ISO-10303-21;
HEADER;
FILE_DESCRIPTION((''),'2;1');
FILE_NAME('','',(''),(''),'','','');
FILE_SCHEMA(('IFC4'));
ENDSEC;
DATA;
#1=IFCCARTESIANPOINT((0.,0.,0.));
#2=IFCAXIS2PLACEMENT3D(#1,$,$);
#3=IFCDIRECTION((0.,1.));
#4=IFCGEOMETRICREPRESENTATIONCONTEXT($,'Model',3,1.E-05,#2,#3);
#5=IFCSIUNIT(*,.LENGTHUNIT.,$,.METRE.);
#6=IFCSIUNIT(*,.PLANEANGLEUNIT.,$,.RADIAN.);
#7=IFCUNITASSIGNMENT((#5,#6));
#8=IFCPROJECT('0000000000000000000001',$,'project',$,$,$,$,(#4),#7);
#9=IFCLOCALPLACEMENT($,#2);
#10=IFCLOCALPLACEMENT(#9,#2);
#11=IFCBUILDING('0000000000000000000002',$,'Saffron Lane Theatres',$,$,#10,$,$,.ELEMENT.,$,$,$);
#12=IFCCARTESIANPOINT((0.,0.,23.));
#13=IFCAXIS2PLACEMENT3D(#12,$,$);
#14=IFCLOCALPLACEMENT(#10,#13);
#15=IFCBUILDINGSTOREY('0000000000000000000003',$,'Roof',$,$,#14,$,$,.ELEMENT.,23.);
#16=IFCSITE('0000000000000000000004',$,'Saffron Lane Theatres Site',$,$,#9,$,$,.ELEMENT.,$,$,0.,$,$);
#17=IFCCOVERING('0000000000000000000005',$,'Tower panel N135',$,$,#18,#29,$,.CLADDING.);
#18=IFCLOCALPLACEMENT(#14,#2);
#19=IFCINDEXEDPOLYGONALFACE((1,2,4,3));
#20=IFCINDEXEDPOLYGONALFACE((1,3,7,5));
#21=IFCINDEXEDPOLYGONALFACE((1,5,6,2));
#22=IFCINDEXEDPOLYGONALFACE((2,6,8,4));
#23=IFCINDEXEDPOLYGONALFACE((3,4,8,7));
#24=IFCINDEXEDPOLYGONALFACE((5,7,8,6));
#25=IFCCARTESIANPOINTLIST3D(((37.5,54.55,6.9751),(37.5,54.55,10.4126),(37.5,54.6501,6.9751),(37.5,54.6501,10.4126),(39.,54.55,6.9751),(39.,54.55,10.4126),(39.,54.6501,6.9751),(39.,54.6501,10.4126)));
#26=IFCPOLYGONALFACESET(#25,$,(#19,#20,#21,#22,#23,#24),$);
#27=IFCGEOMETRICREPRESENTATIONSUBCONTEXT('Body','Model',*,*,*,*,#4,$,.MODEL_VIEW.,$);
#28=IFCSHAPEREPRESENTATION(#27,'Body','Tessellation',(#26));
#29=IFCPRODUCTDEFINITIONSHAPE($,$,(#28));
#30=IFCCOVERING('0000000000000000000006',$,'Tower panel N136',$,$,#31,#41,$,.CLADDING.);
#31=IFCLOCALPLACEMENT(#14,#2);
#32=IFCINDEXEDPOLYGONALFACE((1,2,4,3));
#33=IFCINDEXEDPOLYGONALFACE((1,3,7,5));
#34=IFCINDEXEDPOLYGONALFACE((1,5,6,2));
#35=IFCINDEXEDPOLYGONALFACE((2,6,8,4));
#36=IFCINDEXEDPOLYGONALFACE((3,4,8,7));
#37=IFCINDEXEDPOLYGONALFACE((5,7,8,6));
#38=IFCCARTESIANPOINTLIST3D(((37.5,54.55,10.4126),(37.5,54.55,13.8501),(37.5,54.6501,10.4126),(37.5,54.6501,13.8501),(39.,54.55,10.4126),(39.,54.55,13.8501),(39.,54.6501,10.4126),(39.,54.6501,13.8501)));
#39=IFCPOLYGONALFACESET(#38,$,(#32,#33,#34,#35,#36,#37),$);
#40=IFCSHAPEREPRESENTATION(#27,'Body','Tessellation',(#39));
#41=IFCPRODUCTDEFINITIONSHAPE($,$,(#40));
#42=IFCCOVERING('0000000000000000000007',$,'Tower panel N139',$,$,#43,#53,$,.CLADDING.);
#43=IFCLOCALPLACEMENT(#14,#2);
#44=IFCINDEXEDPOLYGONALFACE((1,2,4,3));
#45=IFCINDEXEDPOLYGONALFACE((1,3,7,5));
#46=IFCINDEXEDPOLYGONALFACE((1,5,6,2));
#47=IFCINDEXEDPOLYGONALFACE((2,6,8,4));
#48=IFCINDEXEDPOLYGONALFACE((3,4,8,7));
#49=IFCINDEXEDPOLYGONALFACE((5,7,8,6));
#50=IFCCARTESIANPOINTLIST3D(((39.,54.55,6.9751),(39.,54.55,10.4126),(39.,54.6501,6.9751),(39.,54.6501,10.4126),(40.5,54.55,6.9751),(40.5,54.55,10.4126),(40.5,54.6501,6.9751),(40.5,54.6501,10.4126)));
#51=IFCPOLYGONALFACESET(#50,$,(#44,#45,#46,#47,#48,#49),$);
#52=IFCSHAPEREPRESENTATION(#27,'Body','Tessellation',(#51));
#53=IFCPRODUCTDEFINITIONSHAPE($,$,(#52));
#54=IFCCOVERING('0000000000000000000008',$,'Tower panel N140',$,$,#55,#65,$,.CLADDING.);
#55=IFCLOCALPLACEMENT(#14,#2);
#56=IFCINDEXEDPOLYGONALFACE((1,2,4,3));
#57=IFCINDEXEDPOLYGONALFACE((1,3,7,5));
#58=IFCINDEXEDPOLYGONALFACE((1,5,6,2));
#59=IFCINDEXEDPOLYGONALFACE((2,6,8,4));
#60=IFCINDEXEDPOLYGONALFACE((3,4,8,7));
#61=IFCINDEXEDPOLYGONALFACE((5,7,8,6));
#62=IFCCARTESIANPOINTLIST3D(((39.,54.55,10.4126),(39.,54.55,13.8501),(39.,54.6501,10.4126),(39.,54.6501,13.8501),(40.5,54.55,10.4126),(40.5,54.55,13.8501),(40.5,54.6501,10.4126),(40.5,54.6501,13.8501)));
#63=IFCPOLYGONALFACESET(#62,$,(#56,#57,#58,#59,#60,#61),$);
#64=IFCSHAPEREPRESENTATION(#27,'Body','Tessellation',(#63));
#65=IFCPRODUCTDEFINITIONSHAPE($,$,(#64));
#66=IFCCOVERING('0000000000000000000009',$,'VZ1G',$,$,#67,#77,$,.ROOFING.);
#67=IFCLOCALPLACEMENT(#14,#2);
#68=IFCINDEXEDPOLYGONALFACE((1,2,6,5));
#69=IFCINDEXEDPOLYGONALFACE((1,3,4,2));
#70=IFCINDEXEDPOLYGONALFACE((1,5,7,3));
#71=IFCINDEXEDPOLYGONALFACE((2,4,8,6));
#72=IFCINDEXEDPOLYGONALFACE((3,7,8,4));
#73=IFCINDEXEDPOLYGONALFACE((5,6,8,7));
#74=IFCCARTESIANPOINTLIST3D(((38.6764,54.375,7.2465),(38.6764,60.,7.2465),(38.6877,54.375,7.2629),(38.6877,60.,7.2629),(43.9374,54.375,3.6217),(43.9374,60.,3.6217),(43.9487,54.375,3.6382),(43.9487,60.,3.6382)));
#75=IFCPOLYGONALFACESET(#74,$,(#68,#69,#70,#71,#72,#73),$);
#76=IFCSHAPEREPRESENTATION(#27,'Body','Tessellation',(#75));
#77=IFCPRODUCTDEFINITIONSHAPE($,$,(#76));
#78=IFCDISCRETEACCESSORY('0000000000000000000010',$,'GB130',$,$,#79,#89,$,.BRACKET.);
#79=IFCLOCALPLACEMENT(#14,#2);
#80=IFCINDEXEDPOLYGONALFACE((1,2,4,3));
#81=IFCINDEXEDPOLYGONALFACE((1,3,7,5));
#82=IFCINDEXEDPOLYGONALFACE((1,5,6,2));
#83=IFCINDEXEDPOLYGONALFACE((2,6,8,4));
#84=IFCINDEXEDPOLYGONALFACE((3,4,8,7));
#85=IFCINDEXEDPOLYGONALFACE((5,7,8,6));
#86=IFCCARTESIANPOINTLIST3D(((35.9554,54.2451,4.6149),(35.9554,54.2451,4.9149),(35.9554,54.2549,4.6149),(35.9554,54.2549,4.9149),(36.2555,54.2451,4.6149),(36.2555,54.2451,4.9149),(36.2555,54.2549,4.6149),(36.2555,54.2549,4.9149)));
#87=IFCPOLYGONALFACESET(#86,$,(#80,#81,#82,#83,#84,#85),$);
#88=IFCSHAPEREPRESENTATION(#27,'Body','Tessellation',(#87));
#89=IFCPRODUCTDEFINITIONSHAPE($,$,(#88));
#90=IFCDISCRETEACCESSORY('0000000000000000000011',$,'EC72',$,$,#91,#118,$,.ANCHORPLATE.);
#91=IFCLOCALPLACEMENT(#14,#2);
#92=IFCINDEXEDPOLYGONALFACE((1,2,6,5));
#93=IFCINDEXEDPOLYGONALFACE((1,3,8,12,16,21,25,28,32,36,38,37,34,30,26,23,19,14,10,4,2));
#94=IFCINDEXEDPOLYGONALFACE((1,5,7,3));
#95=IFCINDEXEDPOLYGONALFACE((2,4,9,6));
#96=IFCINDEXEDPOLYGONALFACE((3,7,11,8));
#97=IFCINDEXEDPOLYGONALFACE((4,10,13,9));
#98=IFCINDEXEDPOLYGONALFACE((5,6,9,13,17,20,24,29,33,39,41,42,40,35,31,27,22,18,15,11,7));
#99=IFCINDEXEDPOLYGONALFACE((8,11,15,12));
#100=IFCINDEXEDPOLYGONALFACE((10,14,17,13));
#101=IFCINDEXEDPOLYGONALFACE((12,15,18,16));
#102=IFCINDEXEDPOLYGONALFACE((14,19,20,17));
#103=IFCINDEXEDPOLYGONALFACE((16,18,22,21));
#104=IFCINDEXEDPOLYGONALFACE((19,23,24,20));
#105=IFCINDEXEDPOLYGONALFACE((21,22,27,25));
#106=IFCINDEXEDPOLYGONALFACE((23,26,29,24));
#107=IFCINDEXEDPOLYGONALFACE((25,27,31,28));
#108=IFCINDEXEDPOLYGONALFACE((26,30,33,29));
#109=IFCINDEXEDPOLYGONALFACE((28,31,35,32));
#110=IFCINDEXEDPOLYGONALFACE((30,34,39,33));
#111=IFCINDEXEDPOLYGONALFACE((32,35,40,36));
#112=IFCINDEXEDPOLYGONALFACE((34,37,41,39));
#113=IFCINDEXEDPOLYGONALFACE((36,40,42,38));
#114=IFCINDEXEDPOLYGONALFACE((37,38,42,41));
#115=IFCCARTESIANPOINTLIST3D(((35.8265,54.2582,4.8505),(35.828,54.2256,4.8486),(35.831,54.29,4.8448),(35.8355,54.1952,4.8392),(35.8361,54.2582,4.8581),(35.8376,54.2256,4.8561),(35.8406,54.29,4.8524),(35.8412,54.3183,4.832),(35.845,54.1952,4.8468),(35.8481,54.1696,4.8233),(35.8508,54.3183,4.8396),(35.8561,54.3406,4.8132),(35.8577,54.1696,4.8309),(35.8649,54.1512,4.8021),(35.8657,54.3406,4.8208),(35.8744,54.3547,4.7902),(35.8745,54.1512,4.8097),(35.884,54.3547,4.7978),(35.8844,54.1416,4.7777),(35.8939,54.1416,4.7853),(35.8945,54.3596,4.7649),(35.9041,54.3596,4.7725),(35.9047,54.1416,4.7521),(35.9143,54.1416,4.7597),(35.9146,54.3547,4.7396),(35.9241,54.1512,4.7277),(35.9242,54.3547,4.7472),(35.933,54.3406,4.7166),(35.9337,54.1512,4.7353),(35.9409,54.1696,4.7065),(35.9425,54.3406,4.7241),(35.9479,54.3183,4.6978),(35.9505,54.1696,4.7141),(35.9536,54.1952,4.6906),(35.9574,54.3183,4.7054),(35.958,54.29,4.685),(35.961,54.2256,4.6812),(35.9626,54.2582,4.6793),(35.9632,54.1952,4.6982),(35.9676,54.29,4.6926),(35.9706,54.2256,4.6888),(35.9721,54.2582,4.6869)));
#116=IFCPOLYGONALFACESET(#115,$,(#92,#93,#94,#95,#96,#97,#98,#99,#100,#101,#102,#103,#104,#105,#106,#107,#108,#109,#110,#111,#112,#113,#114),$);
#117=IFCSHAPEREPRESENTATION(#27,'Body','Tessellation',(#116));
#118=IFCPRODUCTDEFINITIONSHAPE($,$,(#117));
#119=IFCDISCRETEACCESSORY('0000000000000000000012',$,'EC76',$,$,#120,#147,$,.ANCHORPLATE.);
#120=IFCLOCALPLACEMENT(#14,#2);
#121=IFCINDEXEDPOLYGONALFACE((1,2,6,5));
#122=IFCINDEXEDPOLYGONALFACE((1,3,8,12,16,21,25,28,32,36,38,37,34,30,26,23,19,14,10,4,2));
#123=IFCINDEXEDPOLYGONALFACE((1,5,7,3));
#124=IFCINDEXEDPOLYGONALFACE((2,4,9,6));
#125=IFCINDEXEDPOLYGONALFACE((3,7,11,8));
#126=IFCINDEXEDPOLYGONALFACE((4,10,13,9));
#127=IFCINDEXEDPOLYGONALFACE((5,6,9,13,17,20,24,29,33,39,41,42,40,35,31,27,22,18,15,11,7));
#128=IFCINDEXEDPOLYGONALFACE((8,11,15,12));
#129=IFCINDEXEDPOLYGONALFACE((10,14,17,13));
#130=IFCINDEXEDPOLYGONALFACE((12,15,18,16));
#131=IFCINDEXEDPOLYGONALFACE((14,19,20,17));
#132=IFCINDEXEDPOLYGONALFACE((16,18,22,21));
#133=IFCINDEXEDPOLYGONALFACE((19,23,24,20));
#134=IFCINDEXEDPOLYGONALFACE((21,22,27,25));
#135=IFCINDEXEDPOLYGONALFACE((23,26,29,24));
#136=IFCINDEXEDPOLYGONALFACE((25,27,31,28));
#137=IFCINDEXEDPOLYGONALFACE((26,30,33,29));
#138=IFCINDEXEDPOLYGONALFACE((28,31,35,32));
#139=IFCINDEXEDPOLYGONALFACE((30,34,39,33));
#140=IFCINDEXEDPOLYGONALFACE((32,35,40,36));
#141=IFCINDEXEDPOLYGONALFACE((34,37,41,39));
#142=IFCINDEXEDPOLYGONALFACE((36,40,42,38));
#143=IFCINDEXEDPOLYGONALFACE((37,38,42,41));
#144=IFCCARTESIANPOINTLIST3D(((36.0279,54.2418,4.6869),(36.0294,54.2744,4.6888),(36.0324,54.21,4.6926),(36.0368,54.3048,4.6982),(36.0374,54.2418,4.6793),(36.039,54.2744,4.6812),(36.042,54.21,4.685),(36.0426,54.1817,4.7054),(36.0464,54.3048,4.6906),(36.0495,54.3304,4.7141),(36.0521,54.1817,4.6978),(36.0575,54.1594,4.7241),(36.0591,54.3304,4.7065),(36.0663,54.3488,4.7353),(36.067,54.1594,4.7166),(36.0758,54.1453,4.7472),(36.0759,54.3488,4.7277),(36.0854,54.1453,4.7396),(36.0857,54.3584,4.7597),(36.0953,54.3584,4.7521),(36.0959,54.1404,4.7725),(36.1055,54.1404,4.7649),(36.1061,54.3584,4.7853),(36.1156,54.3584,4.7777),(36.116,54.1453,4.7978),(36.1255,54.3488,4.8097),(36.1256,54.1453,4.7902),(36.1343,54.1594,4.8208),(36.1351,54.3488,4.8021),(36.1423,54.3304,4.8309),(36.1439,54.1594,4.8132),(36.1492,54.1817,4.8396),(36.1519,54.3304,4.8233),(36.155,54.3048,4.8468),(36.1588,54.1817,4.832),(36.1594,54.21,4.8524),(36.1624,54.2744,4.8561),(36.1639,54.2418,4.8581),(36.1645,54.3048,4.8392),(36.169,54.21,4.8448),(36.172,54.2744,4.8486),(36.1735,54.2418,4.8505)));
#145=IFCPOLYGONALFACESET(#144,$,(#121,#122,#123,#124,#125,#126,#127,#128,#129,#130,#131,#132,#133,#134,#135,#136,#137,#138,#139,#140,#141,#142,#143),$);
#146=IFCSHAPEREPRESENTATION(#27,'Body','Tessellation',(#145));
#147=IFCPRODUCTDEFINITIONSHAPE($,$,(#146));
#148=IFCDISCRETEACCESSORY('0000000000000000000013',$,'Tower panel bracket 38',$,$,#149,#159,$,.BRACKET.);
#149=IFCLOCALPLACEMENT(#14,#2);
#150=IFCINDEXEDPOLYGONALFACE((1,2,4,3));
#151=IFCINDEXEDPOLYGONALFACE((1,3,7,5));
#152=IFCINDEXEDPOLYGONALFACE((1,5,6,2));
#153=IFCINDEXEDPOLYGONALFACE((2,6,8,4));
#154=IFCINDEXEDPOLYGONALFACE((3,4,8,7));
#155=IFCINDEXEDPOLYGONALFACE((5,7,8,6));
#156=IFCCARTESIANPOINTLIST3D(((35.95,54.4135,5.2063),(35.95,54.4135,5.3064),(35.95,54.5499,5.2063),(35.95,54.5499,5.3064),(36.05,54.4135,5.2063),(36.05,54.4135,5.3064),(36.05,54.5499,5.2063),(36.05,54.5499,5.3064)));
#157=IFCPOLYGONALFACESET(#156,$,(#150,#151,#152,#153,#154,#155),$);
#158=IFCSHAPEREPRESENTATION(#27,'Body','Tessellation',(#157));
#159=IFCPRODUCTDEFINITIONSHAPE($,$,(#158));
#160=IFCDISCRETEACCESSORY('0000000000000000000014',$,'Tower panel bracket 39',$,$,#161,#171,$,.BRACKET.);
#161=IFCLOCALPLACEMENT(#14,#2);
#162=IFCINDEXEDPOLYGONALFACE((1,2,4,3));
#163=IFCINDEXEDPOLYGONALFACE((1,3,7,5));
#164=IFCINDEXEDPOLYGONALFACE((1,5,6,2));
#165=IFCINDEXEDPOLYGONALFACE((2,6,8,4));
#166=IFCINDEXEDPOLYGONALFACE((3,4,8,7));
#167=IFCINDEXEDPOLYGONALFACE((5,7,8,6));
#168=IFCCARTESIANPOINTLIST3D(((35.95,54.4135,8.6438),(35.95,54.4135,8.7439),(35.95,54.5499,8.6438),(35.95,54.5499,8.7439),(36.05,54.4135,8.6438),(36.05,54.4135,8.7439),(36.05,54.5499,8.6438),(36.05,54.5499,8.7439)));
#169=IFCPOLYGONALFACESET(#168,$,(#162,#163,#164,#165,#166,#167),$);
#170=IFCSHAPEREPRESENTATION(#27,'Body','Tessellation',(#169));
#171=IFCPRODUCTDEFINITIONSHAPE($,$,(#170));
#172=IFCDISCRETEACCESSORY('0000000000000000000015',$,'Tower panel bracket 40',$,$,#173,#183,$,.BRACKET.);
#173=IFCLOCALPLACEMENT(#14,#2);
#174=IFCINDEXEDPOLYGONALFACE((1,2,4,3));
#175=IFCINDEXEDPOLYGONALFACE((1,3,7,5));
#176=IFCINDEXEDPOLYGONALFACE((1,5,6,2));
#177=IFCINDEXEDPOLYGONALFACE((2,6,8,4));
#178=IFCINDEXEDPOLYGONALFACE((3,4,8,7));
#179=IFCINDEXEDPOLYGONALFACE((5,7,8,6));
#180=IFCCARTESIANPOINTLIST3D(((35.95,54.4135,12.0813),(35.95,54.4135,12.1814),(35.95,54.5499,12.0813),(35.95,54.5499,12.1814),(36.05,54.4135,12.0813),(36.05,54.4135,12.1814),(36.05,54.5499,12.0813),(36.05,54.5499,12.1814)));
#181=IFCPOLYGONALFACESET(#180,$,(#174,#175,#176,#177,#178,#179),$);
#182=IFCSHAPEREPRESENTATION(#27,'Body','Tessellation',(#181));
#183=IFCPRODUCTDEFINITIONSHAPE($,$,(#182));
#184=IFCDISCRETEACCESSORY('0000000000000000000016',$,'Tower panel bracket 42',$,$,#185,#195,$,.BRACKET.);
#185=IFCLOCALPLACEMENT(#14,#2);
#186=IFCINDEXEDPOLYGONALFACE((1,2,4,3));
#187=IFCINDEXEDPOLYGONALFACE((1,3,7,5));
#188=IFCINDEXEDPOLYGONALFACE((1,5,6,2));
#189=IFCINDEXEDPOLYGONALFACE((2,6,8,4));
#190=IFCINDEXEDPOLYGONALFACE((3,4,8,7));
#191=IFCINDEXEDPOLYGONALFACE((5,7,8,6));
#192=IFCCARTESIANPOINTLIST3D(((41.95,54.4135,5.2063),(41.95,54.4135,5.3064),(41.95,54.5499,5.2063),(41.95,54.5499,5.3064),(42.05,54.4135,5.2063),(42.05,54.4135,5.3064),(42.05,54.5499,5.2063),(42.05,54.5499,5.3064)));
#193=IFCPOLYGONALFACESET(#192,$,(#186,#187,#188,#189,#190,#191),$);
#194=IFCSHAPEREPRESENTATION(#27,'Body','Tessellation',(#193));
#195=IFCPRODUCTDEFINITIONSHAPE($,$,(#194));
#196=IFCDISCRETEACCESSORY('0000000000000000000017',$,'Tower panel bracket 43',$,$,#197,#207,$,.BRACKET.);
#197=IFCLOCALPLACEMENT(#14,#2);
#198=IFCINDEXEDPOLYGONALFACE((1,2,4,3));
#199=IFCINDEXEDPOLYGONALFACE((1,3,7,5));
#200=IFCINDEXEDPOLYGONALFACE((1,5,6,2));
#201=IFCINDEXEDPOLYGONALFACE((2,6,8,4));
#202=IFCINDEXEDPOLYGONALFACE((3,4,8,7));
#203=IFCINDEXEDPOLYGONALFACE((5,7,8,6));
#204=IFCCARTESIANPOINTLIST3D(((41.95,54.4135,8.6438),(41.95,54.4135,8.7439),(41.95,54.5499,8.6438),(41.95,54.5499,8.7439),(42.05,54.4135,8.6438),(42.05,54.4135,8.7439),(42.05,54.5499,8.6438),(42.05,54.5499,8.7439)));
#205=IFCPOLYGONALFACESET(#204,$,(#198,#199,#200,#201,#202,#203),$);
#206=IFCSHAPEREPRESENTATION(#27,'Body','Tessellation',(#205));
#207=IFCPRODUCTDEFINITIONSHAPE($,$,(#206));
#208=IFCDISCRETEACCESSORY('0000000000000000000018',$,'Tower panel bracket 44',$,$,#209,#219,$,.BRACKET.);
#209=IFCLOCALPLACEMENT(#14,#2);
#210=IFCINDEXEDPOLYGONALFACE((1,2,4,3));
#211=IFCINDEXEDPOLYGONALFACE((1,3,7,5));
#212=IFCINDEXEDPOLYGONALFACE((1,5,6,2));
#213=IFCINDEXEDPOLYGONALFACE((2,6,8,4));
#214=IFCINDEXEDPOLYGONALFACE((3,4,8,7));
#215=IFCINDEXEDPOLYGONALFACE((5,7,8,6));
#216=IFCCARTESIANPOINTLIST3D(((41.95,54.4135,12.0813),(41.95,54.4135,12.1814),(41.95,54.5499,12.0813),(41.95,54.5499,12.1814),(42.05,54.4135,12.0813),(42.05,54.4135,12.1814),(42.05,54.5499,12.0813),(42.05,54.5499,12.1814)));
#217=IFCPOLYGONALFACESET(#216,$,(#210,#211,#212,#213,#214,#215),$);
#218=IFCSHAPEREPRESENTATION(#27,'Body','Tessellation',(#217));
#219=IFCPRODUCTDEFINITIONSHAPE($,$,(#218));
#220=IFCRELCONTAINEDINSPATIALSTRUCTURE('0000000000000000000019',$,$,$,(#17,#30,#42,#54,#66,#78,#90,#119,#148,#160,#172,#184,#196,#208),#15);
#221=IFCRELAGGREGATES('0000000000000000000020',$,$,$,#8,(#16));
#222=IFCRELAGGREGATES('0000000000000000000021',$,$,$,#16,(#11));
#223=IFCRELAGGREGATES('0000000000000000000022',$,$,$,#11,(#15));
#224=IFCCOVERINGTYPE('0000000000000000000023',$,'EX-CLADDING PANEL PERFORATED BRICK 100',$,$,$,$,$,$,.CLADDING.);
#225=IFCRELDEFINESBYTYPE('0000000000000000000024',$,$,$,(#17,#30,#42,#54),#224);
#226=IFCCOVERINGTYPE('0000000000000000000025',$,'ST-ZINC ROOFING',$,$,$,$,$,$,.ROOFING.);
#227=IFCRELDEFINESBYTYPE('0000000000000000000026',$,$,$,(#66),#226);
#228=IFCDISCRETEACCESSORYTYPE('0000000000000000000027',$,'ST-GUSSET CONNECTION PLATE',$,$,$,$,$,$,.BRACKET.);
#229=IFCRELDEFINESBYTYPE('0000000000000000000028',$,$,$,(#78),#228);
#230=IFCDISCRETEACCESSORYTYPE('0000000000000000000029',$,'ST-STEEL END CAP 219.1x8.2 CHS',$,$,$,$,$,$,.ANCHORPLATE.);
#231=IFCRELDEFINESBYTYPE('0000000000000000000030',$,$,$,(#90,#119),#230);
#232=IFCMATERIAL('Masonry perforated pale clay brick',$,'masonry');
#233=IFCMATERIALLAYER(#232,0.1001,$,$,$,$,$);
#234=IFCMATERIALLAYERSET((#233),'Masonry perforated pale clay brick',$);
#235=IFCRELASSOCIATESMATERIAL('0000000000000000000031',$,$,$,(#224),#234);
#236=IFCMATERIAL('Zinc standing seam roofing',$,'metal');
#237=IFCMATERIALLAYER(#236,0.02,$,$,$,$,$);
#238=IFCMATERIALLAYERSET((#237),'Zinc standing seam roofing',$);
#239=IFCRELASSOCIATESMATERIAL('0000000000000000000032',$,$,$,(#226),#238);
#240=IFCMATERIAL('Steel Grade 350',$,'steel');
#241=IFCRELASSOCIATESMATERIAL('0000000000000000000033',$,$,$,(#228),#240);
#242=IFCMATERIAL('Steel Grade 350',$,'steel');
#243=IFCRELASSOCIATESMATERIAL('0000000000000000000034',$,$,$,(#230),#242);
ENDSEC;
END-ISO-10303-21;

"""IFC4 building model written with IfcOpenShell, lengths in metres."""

from ifc_helpers import new_model, si_unit, direction, frame, origin, origin_2d, place, context, subcontext, project, spatial, polyline, rectangle, circle, outline, extrude, material, layer, layer_set, material_profile, profile_set, type_object, element, save


model = new_model("IFC4")

# Units and contexts
model_context = context("Model", 3, precision=1e-05, world=origin(), true_north=direction((0.0, 1.0)))
body_context = subcontext(model_context, "Body", "Model", "MODEL_VIEW")
ifc_project = project(units=[si_unit("LENGTHUNIT", "METRE"), si_unit("PLANEANGLEUNIT", "RADIAN")], contexts=[model_context])

# Site, building, storey
site_placement = place(None, origin())
site = spatial("IfcSite", under=ifc_project, at=site_placement, Name="Saffron Lane Theatres Site", CompositionType="ELEMENT", RefElevation=0.0)
building_placement = place(site_placement, origin())
building = spatial("IfcBuilding", under=site, at=building_placement, Name="Saffron Lane Theatres", CompositionType="ELEMENT")
storey_placement = place(building_placement, frame((0.0, 0.0, 23.0)))
storey = spatial("IfcBuildingStorey", under=building, at=storey_placement, Name="Roof", CompositionType="ELEMENT", Elevation=23.0)

# Coverings
ifc_material_1 = material(Name="Masonry perforated pale clay brick", Category="masonry")
ifc_layer_1 = layer(ifc_material_1, 0.1001)
ifc_layer_set_1 = layer_set([ifc_layer_1], Name="Masonry perforated pale clay brick")
covering_type_1 = type_object("IfcCoveringType", Name="EX-CLADDING PANEL PERFORATED BRICK 100", PredefinedType="CLADDING", material=ifc_layer_set_1)
for number, where, z_axis, x_axis, name in (
    (1, (38.25, 54.6001, 6.9751), (0.0, 0.0, 1.0), (1.0, 0.0, 0.0), "Tower panel N135"),
    (2, (38.25, 54.6001, 10.4126), (0.0, 0.0, 1.0), (1.0, 0.0, 0.0), "Tower panel N136"),
    (3, (39.75, 54.6001, 6.9751), (0.0, 0.0, 1.0), (1.0, 0.0, 0.0), "Tower panel N139"),
    (4, (39.75, 54.6001, 10.4126), (0.0, 0.0, 1.0), (1.0, 0.0, 0.0), "Tower panel N140"),
):
    element("IfcCovering", number, at=place(storey_placement, frame(where, z_axis=z_axis, x_axis=x_axis)), inside=storey, type_object=covering_type_1, Name=name, PredefinedType="CLADDING", context=body_context, shape_type="SweptSolid", body=[
        extrude(rectangle(XDim=1.5, YDim=0.1001, at=origin_2d()), origin(), (0.0, 0.0, 1.0), 3.4375),
    ])
ifc_material_2 = material(Name="Zinc standing seam roofing", Category="metal")
ifc_layer_2 = layer(ifc_material_2, 0.02)
ifc_layer_set_2 = layer_set([ifc_layer_2], Name="Zinc standing seam roofing")
covering_type_2 = type_object("IfcCoveringType", Name="ST-ZINC ROOFING", PredefinedType="ROOFING", material=ifc_layer_set_2)
covering_placement = place(storey_placement, frame((38.6877, 54.375, 7.2629), z_axis=(0.567361, 0.0, 0.82347), x_axis=(0.82347, 0.0, -0.567361)))
element("IfcCovering", 5, at=covering_placement, inside=storey, type_object=covering_type_2, Name="VZ1G", PredefinedType="ROOFING", context=body_context, shape_type="SweptSolid", body=[
    extrude(outline(polyline([(0.0, 0.0), (6.3888, 0.0), (6.3888, 5.625), (0.0, 5.625), (0.0, 0.0)])), origin(), (0.0, 0.0, -1.0), 0.02),
])

# Discrete accessories
ifc_material_3 = material(Name="Steel Grade 350", Category="steel")
ifc_material_profile_1 = material_profile(ifc_material_3, rectangle(XDim=0.3, YDim=0.3, at=origin_2d()))
ifc_profile_set_1 = profile_set([ifc_material_profile_1], Name="Steel Grade 350")
discrete_accessory_type_1 = type_object("IfcDiscreteAccessoryType", Name="ST-GUSSET CONNECTION PLATE", PredefinedType="BRACKET", material=ifc_profile_set_1)
discrete_accessory_placement = place(storey_placement, frame((36.1055, 54.2451, 4.7649), z_axis=(0.0, 1.0, 0.0), x_axis=(-1.0, 0.0, 0.0)))
element("IfcDiscreteAccessory", 6, at=discrete_accessory_placement, inside=storey, type_object=discrete_accessory_type_1, Name="GB130", PredefinedType="BRACKET", context=body_context, shape_type="SweptSolid", body=[
    extrude(rectangle(XDim=0.3, YDim=0.3, at=origin_2d()), origin(), (0.0, 0.0, 1.0), 0.0098),
])
ifc_material_4 = material(Name="Steel Grade 350", Category="steel")
ifc_material_profile_2 = material_profile(ifc_material_4, circle(Radius=0.1096, at=origin_2d()))
ifc_profile_set_2 = profile_set([ifc_material_profile_2], Name="Steel Grade 350")
discrete_accessory_type_2 = type_object("IfcDiscreteAccessoryType", Name="ST-STEEL END CAP 219.1x8.2 CHS", PredefinedType="ANCHORPLATE", material=ifc_profile_set_2)
for number, where, z_axis, x_axis, name in (
    (7, (35.8945, 54.25, 4.7649), (0.782823, 0.0, 0.622244), (0.0, 1.0, 0.0), "EC72"),
    (8, (36.1055, 54.25, 4.7649), (-0.782823, 0.0, 0.622244), (0.0, -1.0, 0.0), "EC76"),
):
    element("IfcDiscreteAccessory", number, at=place(storey_placement, frame(where, z_axis=z_axis, x_axis=x_axis)), inside=storey, type_object=discrete_accessory_type_2, Name=name, PredefinedType="ANCHORPLATE", context=body_context, shape_type="SweptSolid", body=[
        extrude(circle(Radius=0.1096, at=origin_2d()), origin(), (0.0, 0.0, 1.0), 0.0122),
    ])
for number, where, z_axis, x_axis, name in (
    (9, (36.0, 54.4817, 5.2063), (0.0, 0.0, 1.0), (1.0, 0.0, 0.0), "Tower panel bracket 38"),
    (10, (36.0, 54.4817, 8.6438), (0.0, 0.0, 1.0), (1.0, 0.0, 0.0), "Tower panel bracket 39"),
    (11, (36.0, 54.4817, 12.0813), (0.0, 0.0, 1.0), (1.0, 0.0, 0.0), "Tower panel bracket 40"),
    (12, (42.0, 54.4817, 5.2063), (0.0, 0.0, 1.0), (1.0, 0.0, 0.0), "Tower panel bracket 42"),
    (13, (42.0, 54.4817, 8.6438), (0.0, 0.0, 1.0), (1.0, 0.0, 0.0), "Tower panel bracket 43"),
    (14, (42.0, 54.4817, 12.0813), (0.0, 0.0, 1.0), (1.0, 0.0, 0.0), "Tower panel bracket 44"),
):
    element("IfcDiscreteAccessory", number, at=place(storey_placement, frame(where, z_axis=z_axis, x_axis=x_axis)), inside=storey, Name=name, PredefinedType="BRACKET", context=body_context, shape_type="SweptSolid", body=[
        extrude(rectangle(XDim=0.1001, YDim=0.1365, at=origin_2d()), origin(), (0.0, 0.0, 1.0), 0.1001),
    ])

save(model, "model.ifc")
